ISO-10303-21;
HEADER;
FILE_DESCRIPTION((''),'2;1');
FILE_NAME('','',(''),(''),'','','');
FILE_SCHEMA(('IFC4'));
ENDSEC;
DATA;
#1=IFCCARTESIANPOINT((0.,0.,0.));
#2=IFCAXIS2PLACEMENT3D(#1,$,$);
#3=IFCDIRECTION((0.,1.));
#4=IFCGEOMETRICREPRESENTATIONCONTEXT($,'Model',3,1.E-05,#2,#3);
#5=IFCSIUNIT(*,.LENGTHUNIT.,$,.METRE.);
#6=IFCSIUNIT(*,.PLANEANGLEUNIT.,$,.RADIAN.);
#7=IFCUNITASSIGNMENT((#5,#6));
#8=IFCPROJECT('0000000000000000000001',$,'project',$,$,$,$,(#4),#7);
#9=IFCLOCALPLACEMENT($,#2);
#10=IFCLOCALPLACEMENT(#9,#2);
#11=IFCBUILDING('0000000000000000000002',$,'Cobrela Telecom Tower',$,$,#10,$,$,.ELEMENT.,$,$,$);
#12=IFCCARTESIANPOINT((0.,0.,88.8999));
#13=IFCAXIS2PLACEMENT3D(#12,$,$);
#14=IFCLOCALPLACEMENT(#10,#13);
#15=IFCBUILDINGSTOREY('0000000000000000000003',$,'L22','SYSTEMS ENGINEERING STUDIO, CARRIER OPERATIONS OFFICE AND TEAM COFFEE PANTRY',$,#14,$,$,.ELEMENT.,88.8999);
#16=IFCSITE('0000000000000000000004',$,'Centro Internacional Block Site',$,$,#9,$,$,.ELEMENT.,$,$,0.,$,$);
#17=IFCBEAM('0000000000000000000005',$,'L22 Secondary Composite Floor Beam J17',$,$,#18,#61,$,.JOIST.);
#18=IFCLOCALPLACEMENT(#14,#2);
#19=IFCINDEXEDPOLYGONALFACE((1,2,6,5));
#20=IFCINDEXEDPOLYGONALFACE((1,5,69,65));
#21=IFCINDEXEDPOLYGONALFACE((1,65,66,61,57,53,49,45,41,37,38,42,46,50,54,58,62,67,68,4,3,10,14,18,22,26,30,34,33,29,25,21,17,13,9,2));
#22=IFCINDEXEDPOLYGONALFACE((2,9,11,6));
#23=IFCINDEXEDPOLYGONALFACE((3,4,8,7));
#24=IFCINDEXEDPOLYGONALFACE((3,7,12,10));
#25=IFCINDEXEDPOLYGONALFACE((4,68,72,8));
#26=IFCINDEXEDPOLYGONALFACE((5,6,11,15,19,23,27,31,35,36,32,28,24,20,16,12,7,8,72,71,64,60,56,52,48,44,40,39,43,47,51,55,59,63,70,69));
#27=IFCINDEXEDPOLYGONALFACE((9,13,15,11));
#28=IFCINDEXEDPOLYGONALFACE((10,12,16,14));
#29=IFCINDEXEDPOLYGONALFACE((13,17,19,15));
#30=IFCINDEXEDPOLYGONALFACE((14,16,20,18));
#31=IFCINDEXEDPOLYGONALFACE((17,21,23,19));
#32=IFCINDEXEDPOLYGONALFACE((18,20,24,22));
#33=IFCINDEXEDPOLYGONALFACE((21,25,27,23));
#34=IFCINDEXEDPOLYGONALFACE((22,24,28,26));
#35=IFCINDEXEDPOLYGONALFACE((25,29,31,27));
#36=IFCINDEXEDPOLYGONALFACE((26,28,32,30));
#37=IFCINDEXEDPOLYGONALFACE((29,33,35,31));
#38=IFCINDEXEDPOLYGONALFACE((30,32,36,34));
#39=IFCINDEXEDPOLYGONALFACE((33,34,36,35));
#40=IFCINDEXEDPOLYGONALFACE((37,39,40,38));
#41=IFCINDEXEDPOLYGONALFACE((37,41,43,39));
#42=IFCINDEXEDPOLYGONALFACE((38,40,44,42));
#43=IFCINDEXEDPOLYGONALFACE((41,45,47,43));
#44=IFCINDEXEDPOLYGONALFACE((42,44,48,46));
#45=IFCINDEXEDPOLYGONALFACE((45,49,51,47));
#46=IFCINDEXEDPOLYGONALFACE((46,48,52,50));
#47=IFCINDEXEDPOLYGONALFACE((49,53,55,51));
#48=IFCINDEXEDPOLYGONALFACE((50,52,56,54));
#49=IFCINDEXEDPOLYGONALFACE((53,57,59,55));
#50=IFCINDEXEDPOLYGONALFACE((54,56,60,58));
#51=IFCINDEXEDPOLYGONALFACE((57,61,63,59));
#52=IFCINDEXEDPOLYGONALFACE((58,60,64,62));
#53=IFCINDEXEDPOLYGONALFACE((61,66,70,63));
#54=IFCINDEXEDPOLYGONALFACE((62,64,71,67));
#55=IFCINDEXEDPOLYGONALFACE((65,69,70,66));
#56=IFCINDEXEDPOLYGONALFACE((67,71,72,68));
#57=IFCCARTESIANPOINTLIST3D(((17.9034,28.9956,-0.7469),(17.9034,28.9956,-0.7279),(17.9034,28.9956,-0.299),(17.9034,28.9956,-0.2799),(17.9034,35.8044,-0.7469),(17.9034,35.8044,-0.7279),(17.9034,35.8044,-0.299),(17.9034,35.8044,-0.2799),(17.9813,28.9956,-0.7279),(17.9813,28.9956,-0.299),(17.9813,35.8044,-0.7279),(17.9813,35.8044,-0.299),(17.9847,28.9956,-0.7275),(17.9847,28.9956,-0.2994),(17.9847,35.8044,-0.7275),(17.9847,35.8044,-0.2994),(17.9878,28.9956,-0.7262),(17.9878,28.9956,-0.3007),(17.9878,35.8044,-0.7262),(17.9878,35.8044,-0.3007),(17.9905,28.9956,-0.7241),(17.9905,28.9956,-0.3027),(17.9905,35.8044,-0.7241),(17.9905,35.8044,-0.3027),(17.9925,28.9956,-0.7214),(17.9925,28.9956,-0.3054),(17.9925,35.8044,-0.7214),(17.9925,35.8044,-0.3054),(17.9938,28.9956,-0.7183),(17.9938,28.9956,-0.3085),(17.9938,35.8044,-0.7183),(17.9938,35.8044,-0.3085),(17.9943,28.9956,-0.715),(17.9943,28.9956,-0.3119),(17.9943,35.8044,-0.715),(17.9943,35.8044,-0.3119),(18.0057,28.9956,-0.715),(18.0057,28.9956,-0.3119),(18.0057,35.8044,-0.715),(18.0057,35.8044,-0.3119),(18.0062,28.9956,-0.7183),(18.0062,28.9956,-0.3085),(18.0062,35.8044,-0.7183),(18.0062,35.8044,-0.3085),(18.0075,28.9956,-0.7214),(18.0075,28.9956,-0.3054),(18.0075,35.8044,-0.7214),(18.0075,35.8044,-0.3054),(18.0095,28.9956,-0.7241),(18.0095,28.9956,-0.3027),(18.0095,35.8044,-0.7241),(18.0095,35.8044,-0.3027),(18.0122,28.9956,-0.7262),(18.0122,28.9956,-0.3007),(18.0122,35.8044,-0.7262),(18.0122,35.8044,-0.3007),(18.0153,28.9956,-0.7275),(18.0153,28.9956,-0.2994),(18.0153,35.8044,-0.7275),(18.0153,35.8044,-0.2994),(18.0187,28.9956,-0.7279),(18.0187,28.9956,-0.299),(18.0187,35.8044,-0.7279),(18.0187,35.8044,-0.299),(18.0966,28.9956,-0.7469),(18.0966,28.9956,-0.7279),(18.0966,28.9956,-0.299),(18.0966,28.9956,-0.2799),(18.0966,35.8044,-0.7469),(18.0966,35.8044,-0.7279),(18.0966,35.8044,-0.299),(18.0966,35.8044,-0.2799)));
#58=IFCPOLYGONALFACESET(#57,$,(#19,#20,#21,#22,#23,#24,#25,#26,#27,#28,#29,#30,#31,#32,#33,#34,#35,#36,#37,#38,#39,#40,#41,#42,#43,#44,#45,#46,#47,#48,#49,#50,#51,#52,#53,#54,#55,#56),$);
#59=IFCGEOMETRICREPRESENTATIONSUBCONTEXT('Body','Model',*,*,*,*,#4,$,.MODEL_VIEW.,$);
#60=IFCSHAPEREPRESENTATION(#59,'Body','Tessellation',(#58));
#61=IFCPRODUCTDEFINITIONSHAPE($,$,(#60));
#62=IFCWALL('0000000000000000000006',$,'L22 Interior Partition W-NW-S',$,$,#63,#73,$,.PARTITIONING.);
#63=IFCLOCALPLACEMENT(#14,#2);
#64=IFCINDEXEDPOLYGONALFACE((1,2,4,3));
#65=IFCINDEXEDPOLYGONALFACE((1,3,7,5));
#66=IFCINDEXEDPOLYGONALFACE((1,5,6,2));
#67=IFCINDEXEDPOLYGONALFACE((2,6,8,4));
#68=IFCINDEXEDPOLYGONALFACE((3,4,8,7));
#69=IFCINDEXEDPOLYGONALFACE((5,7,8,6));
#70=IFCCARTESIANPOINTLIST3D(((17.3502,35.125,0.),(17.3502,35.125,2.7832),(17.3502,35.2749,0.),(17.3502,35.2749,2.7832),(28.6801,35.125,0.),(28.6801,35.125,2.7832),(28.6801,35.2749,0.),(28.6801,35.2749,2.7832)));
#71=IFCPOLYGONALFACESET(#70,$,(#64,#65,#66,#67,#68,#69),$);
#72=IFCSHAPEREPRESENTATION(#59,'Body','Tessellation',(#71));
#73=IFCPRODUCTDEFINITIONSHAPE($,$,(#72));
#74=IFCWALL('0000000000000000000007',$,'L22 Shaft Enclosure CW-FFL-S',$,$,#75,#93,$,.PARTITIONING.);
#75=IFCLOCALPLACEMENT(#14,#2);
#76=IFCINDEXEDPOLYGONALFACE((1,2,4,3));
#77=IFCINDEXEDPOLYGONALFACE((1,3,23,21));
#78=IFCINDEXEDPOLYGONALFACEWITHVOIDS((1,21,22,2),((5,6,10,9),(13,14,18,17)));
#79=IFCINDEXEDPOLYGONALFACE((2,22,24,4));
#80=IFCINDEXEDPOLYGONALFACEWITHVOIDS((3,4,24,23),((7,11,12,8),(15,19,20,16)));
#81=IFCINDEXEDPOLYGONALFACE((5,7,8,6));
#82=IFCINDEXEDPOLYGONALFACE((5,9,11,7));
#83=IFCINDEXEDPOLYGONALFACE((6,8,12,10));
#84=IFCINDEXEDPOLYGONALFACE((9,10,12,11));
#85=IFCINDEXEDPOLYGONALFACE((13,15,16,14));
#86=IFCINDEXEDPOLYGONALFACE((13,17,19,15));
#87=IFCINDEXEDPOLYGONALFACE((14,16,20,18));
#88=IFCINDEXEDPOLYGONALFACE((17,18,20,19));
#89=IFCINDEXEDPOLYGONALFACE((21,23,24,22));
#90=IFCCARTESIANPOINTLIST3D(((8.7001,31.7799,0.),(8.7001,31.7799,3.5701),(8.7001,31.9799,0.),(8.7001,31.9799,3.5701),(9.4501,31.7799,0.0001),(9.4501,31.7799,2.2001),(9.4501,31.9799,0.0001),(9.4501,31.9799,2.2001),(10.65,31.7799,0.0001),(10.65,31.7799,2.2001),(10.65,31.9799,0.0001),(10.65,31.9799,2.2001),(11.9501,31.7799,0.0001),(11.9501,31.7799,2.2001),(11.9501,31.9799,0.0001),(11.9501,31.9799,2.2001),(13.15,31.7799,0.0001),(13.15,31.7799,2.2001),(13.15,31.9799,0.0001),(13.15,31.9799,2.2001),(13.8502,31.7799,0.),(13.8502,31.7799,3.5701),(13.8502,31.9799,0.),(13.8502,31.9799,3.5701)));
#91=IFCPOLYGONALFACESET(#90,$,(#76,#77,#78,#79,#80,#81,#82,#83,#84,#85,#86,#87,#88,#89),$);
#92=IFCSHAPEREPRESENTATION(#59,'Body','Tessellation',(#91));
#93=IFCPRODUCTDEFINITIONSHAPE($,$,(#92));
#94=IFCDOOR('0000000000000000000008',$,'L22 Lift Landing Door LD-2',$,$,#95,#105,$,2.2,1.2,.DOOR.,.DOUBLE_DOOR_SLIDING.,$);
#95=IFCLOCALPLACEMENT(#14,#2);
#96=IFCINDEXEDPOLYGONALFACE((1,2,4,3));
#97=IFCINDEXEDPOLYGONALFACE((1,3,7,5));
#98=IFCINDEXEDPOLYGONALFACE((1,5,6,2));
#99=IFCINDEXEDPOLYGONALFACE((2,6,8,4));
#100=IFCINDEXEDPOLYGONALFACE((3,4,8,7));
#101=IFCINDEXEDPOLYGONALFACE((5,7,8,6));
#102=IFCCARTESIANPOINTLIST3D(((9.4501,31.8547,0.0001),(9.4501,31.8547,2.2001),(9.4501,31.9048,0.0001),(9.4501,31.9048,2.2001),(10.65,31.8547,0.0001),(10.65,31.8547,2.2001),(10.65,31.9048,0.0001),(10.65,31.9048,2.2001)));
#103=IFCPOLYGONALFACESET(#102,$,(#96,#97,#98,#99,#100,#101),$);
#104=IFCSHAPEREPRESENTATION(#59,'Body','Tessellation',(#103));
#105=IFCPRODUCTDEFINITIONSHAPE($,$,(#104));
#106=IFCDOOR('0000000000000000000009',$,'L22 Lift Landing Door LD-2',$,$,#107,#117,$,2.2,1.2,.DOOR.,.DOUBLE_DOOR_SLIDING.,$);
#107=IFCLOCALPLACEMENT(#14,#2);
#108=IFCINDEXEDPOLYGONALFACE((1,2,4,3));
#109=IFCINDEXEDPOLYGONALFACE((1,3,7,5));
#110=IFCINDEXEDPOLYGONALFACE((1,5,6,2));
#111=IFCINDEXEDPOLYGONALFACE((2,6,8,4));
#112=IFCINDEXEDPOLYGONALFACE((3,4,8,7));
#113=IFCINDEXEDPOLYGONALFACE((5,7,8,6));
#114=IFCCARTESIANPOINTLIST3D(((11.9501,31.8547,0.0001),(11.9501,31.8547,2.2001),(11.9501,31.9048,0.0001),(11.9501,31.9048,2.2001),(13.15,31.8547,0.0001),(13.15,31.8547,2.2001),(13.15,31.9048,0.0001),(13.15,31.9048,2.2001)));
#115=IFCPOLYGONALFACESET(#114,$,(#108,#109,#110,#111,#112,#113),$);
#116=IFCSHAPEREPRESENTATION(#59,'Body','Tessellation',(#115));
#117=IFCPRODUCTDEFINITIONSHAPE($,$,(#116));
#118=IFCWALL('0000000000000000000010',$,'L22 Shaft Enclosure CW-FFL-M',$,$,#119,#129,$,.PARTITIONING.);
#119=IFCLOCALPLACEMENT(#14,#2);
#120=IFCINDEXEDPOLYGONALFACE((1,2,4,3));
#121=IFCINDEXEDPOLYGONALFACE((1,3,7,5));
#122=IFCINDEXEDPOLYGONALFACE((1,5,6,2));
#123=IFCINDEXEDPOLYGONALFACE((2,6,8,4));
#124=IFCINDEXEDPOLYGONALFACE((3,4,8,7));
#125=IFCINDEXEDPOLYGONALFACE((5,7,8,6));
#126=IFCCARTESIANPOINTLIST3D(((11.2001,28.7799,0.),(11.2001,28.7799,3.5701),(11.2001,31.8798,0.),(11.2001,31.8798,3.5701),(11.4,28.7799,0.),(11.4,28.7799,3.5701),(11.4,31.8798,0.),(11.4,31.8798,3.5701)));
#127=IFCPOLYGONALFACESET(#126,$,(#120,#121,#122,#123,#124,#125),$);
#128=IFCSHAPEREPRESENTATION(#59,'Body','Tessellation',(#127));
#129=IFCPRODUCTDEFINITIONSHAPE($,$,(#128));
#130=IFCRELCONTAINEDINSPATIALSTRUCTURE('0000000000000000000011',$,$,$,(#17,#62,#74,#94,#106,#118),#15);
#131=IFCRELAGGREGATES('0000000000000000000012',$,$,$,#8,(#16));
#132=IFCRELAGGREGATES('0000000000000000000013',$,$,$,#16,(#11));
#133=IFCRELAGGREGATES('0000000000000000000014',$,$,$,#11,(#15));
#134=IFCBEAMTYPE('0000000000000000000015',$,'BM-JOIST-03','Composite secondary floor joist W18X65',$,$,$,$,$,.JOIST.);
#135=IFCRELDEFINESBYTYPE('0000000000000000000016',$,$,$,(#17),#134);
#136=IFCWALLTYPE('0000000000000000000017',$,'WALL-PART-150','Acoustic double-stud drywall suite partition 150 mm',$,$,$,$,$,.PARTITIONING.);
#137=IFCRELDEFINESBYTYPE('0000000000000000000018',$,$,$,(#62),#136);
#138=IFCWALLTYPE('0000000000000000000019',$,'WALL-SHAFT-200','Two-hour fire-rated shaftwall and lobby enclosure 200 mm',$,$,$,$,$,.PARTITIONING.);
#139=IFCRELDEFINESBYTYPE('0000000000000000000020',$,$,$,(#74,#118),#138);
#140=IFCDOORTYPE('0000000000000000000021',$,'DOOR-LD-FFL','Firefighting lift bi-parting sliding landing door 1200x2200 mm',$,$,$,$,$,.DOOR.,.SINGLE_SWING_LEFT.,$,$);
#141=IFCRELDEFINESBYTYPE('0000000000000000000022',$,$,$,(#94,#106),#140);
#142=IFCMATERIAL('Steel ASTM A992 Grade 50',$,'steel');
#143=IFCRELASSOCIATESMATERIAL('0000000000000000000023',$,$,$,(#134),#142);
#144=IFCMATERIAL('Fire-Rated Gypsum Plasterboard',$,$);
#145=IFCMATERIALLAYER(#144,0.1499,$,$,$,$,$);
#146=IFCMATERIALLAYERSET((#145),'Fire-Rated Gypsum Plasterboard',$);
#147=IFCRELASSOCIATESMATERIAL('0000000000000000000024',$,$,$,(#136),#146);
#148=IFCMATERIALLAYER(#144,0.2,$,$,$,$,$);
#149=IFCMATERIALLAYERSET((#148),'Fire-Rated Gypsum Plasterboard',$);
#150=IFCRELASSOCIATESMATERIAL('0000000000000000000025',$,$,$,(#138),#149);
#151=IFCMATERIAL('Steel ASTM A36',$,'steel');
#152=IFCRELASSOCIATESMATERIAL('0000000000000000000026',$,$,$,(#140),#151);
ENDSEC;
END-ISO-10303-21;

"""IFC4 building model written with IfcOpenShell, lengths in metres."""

from ifc_helpers import new_model, si_unit, direction, frame, frame_2d, origin, origin_2d, place, context, subcontext, project, spatial, rectangle, i_section, extrude, material, layer, layer_set, material_profile, profile_set, type_object, element, fill, save


model = new_model("IFC4")

# Units and contexts
model_context = context("Model", 3, precision=1e-05, world=origin(), true_north=direction((0.0, 1.0)))
body_context = subcontext(model_context, "Body", "Model", "MODEL_VIEW")
ifc_project = project(units=[si_unit("LENGTHUNIT", "METRE"), si_unit("PLANEANGLEUNIT", "RADIAN")], contexts=[model_context])

# Site, building, storey
site_placement = place(None, origin())
site = spatial("IfcSite", under=ifc_project, at=site_placement, Name="Centro Internacional Block Site", CompositionType="ELEMENT", RefElevation=0.0)
building_placement = place(site_placement, origin())
building = spatial("IfcBuilding", under=site, at=building_placement, Name="Cobrela Telecom Tower", CompositionType="ELEMENT")
storey_placement = place(building_placement, frame((0.0, 0.0, 88.8999)))
storey = spatial("IfcBuildingStorey", under=building, at=storey_placement, Name="L22", Description="SYSTEMS ENGINEERING STUDIO, CARRIER OPERATIONS OFFICE AND TEAM COFFEE PANTRY", CompositionType="ELEMENT", Elevation=88.8999)

# Beam
ifc_material_1 = material(Name="Steel ASTM A992 Grade 50", Category="steel")
ifc_material_profile_1 = material_profile(ifc_material_1, i_section(OverallWidth=0.1931, OverallDepth=0.467, WebThickness=0.0115, FlangeThickness=0.019, FilletRadius=0.0129, at=origin_2d()), Name="W18X65")
ifc_profile_set_1 = profile_set([ifc_material_profile_1], Name="Steel ASTM A992 Grade 50")
beam_type_1 = type_object("IfcBeamType", Name="BM-JOIST-03", Description="Composite secondary floor joist W18X65", PredefinedType="JOIST", material=ifc_profile_set_1)
for number, where, z_axis, x_axis, name in (
    (1, (18.0, 28.9956, -0.5134), (0.0, 1.0, 0.0), (-1.0, 0.0, 0.0), "L22 Secondary Composite Floor Beam J17"),
):
    element("IfcBeam", number, at=place(storey_placement, frame(where, z_axis=z_axis, x_axis=x_axis)), inside=storey, type_object=beam_type_1, Name=name, PredefinedType="JOIST", context=body_context, shape_type="SweptSolid", body=[
        extrude(i_section(OverallWidth=0.1931, OverallDepth=0.467, WebThickness=0.0115, FlangeThickness=0.019, FilletRadius=0.0129, at=origin_2d()), origin(), (0.0, 0.0, 1.0), 6.8088),
    ])

# Shared definitions
ifc_material_2 = material(Name="Steel ASTM A36", Category="steel")

# Shared definitions
ifc_material_3 = material(Name="Fire-Rated Gypsum Plasterboard")
ifc_layer_1 = layer(ifc_material_3, 0.1499)
ifc_layer_set_1 = layer_set([ifc_layer_1], Name="Fire-Rated Gypsum Plasterboard")
wall_type_1 = type_object("IfcWallType", Name="WALL-PART-150", Description="Acoustic double-stud drywall suite partition 150 mm", PredefinedType="PARTITIONING", material=ifc_layer_set_1)

# Wall
wall_1_placement = place(storey_placement, frame((17.3501, 35.2, 0.0), z_axis=(0.0, 0.0, 1.0), x_axis=(1.0, 0.0, 0.0)))
element("IfcWall", 2, at=wall_1_placement, inside=storey, type_object=wall_type_1, Name="L22 Interior Partition W-NW-S", PredefinedType="PARTITIONING", context=body_context, shape_type="SweptSolid", body=[
    extrude(rectangle(XDim=11.3298, YDim=0.1499, at=frame_2d((5.665, 0.0))), origin(), (0.0, 0.0, 1.0), 2.7832),
])

# Wall, openings, doors
ifc_layer_2 = layer(ifc_material_3, 0.2)
ifc_layer_set_2 = layer_set([ifc_layer_2], Name="Fire-Rated Gypsum Plasterboard")
wall_type_2 = type_object("IfcWallType", Name="WALL-SHAFT-200", Description="Two-hour fire-rated shaftwall and lobby enclosure 200 mm", PredefinedType="PARTITIONING", material=ifc_layer_set_2)
wall_2_placement = place(storey_placement, frame((8.7, 31.8799, 0.0), z_axis=(0.0, 0.0, 1.0), x_axis=(1.0, 0.0, 0.0)))
wall_2 = element("IfcWall", 3, at=wall_2_placement, inside=storey, type_object=wall_type_2, Name="L22 Shaft Enclosure CW-FFL-S", PredefinedType="PARTITIONING", context=body_context, shape_type="SweptSolid", body=[
    extrude(rectangle(XDim=5.1501, YDim=0.2, at=frame_2d((2.5752, 0.0))), origin(), (0.0, 0.0, 1.0), 3.5701),
])
opening_1_placement = place(wall_2_placement, frame((0.75, 0.0, 0.0)))
opening_1 = element("IfcOpeningElement", 4, at=opening_1_placement, cuts=wall_2, PredefinedType="OPENING", context=body_context, shape_type="SweptSolid", body=[
    extrude(rectangle(XDim=1.2, YDim=2.2, at=frame_2d((0.6001, 1.1001))), frame((0.0, 0.1118, 0.0), z_axis=(0.0, -1.0, 0.0), x_axis=(1.0, 0.0, 0.0)), (0.0, 0.0, 1.0), 0.2239),
])
opening_2_placement = place(wall_2_placement, frame((3.25, 0.0, 0.0)))
opening_2 = element("IfcOpeningElement", 5, at=opening_2_placement, cuts=wall_2, PredefinedType="OPENING", context=body_context, shape_type="SweptSolid", body=[
    extrude(rectangle(XDim=1.2, YDim=2.2, at=frame_2d((0.6001, 1.1001))), frame((0.0, 0.1118, 0.0), z_axis=(0.0, -1.0, 0.0), x_axis=(1.0, 0.0, 0.0)), (0.0, 0.0, 1.0), 0.2239),
])
door_type_1 = type_object("IfcDoorType", Name="DOOR-LD-FFL", Description="Firefighting lift bi-parting sliding landing door 1200x2200 mm", OperationType="SINGLE_SWING_LEFT", PredefinedType="DOOR", material=ifc_material_2)
door_1_placement = place(opening_1_placement, origin())
door_1 = element("IfcDoor", 6, at=door_1_placement, inside=storey, type_object=door_type_1, Name="L22 Lift Landing Door LD-2", OperationType="DOUBLE_DOOR_SLIDING", OverallHeight=2.2, OverallWidth=1.2, PredefinedType="DOOR", context=body_context, shape_type="SweptSolid", body=[
    extrude(rectangle(XDim=1.2, YDim=2.2, at=frame_2d((0.6001, 1.1001))), frame((0.0, 0.0249, 0.0), z_axis=(0.0, -1.0, 0.0), x_axis=(1.0, 0.0, 0.0)), (0.0, 0.0, 1.0), 0.05),
])
fill(opening_1, door_1)
door_2_placement = place(opening_2_placement, origin())
door_2 = element("IfcDoor", 7, at=door_2_placement, inside=storey, type_object=door_type_1, Name="L22 Lift Landing Door LD-2", OperationType="DOUBLE_DOOR_SLIDING", OverallHeight=2.2, OverallWidth=1.2, PredefinedType="DOOR", context=body_context, shape_type="SweptSolid", body=[
    extrude(rectangle(XDim=1.2, YDim=2.2, at=frame_2d((0.6001, 1.1001))), frame((0.0, 0.0249, 0.0), z_axis=(0.0, -1.0, 0.0), x_axis=(1.0, 0.0, 0.0)), (0.0, 0.0, 1.0), 0.05),
])
fill(opening_2, door_2)

# Wall
wall_3_placement = place(storey_placement, frame((11.3, 28.78, 0.0), z_axis=(0.0, 0.0, 1.0), x_axis=(0.0, 1.0, 0.0)))
element("IfcWall", 8, at=wall_3_placement, inside=storey, type_object=wall_type_2, Name="L22 Shaft Enclosure CW-FFL-M", PredefinedType="PARTITIONING", context=body_context, shape_type="SweptSolid", body=[
    extrude(rectangle(XDim=3.0999, YDim=0.2, at=frame_2d((1.5498, 0.0))), origin(), (0.0, 0.0, 1.0), 3.5701),
])

save(model, "model.ifc")
